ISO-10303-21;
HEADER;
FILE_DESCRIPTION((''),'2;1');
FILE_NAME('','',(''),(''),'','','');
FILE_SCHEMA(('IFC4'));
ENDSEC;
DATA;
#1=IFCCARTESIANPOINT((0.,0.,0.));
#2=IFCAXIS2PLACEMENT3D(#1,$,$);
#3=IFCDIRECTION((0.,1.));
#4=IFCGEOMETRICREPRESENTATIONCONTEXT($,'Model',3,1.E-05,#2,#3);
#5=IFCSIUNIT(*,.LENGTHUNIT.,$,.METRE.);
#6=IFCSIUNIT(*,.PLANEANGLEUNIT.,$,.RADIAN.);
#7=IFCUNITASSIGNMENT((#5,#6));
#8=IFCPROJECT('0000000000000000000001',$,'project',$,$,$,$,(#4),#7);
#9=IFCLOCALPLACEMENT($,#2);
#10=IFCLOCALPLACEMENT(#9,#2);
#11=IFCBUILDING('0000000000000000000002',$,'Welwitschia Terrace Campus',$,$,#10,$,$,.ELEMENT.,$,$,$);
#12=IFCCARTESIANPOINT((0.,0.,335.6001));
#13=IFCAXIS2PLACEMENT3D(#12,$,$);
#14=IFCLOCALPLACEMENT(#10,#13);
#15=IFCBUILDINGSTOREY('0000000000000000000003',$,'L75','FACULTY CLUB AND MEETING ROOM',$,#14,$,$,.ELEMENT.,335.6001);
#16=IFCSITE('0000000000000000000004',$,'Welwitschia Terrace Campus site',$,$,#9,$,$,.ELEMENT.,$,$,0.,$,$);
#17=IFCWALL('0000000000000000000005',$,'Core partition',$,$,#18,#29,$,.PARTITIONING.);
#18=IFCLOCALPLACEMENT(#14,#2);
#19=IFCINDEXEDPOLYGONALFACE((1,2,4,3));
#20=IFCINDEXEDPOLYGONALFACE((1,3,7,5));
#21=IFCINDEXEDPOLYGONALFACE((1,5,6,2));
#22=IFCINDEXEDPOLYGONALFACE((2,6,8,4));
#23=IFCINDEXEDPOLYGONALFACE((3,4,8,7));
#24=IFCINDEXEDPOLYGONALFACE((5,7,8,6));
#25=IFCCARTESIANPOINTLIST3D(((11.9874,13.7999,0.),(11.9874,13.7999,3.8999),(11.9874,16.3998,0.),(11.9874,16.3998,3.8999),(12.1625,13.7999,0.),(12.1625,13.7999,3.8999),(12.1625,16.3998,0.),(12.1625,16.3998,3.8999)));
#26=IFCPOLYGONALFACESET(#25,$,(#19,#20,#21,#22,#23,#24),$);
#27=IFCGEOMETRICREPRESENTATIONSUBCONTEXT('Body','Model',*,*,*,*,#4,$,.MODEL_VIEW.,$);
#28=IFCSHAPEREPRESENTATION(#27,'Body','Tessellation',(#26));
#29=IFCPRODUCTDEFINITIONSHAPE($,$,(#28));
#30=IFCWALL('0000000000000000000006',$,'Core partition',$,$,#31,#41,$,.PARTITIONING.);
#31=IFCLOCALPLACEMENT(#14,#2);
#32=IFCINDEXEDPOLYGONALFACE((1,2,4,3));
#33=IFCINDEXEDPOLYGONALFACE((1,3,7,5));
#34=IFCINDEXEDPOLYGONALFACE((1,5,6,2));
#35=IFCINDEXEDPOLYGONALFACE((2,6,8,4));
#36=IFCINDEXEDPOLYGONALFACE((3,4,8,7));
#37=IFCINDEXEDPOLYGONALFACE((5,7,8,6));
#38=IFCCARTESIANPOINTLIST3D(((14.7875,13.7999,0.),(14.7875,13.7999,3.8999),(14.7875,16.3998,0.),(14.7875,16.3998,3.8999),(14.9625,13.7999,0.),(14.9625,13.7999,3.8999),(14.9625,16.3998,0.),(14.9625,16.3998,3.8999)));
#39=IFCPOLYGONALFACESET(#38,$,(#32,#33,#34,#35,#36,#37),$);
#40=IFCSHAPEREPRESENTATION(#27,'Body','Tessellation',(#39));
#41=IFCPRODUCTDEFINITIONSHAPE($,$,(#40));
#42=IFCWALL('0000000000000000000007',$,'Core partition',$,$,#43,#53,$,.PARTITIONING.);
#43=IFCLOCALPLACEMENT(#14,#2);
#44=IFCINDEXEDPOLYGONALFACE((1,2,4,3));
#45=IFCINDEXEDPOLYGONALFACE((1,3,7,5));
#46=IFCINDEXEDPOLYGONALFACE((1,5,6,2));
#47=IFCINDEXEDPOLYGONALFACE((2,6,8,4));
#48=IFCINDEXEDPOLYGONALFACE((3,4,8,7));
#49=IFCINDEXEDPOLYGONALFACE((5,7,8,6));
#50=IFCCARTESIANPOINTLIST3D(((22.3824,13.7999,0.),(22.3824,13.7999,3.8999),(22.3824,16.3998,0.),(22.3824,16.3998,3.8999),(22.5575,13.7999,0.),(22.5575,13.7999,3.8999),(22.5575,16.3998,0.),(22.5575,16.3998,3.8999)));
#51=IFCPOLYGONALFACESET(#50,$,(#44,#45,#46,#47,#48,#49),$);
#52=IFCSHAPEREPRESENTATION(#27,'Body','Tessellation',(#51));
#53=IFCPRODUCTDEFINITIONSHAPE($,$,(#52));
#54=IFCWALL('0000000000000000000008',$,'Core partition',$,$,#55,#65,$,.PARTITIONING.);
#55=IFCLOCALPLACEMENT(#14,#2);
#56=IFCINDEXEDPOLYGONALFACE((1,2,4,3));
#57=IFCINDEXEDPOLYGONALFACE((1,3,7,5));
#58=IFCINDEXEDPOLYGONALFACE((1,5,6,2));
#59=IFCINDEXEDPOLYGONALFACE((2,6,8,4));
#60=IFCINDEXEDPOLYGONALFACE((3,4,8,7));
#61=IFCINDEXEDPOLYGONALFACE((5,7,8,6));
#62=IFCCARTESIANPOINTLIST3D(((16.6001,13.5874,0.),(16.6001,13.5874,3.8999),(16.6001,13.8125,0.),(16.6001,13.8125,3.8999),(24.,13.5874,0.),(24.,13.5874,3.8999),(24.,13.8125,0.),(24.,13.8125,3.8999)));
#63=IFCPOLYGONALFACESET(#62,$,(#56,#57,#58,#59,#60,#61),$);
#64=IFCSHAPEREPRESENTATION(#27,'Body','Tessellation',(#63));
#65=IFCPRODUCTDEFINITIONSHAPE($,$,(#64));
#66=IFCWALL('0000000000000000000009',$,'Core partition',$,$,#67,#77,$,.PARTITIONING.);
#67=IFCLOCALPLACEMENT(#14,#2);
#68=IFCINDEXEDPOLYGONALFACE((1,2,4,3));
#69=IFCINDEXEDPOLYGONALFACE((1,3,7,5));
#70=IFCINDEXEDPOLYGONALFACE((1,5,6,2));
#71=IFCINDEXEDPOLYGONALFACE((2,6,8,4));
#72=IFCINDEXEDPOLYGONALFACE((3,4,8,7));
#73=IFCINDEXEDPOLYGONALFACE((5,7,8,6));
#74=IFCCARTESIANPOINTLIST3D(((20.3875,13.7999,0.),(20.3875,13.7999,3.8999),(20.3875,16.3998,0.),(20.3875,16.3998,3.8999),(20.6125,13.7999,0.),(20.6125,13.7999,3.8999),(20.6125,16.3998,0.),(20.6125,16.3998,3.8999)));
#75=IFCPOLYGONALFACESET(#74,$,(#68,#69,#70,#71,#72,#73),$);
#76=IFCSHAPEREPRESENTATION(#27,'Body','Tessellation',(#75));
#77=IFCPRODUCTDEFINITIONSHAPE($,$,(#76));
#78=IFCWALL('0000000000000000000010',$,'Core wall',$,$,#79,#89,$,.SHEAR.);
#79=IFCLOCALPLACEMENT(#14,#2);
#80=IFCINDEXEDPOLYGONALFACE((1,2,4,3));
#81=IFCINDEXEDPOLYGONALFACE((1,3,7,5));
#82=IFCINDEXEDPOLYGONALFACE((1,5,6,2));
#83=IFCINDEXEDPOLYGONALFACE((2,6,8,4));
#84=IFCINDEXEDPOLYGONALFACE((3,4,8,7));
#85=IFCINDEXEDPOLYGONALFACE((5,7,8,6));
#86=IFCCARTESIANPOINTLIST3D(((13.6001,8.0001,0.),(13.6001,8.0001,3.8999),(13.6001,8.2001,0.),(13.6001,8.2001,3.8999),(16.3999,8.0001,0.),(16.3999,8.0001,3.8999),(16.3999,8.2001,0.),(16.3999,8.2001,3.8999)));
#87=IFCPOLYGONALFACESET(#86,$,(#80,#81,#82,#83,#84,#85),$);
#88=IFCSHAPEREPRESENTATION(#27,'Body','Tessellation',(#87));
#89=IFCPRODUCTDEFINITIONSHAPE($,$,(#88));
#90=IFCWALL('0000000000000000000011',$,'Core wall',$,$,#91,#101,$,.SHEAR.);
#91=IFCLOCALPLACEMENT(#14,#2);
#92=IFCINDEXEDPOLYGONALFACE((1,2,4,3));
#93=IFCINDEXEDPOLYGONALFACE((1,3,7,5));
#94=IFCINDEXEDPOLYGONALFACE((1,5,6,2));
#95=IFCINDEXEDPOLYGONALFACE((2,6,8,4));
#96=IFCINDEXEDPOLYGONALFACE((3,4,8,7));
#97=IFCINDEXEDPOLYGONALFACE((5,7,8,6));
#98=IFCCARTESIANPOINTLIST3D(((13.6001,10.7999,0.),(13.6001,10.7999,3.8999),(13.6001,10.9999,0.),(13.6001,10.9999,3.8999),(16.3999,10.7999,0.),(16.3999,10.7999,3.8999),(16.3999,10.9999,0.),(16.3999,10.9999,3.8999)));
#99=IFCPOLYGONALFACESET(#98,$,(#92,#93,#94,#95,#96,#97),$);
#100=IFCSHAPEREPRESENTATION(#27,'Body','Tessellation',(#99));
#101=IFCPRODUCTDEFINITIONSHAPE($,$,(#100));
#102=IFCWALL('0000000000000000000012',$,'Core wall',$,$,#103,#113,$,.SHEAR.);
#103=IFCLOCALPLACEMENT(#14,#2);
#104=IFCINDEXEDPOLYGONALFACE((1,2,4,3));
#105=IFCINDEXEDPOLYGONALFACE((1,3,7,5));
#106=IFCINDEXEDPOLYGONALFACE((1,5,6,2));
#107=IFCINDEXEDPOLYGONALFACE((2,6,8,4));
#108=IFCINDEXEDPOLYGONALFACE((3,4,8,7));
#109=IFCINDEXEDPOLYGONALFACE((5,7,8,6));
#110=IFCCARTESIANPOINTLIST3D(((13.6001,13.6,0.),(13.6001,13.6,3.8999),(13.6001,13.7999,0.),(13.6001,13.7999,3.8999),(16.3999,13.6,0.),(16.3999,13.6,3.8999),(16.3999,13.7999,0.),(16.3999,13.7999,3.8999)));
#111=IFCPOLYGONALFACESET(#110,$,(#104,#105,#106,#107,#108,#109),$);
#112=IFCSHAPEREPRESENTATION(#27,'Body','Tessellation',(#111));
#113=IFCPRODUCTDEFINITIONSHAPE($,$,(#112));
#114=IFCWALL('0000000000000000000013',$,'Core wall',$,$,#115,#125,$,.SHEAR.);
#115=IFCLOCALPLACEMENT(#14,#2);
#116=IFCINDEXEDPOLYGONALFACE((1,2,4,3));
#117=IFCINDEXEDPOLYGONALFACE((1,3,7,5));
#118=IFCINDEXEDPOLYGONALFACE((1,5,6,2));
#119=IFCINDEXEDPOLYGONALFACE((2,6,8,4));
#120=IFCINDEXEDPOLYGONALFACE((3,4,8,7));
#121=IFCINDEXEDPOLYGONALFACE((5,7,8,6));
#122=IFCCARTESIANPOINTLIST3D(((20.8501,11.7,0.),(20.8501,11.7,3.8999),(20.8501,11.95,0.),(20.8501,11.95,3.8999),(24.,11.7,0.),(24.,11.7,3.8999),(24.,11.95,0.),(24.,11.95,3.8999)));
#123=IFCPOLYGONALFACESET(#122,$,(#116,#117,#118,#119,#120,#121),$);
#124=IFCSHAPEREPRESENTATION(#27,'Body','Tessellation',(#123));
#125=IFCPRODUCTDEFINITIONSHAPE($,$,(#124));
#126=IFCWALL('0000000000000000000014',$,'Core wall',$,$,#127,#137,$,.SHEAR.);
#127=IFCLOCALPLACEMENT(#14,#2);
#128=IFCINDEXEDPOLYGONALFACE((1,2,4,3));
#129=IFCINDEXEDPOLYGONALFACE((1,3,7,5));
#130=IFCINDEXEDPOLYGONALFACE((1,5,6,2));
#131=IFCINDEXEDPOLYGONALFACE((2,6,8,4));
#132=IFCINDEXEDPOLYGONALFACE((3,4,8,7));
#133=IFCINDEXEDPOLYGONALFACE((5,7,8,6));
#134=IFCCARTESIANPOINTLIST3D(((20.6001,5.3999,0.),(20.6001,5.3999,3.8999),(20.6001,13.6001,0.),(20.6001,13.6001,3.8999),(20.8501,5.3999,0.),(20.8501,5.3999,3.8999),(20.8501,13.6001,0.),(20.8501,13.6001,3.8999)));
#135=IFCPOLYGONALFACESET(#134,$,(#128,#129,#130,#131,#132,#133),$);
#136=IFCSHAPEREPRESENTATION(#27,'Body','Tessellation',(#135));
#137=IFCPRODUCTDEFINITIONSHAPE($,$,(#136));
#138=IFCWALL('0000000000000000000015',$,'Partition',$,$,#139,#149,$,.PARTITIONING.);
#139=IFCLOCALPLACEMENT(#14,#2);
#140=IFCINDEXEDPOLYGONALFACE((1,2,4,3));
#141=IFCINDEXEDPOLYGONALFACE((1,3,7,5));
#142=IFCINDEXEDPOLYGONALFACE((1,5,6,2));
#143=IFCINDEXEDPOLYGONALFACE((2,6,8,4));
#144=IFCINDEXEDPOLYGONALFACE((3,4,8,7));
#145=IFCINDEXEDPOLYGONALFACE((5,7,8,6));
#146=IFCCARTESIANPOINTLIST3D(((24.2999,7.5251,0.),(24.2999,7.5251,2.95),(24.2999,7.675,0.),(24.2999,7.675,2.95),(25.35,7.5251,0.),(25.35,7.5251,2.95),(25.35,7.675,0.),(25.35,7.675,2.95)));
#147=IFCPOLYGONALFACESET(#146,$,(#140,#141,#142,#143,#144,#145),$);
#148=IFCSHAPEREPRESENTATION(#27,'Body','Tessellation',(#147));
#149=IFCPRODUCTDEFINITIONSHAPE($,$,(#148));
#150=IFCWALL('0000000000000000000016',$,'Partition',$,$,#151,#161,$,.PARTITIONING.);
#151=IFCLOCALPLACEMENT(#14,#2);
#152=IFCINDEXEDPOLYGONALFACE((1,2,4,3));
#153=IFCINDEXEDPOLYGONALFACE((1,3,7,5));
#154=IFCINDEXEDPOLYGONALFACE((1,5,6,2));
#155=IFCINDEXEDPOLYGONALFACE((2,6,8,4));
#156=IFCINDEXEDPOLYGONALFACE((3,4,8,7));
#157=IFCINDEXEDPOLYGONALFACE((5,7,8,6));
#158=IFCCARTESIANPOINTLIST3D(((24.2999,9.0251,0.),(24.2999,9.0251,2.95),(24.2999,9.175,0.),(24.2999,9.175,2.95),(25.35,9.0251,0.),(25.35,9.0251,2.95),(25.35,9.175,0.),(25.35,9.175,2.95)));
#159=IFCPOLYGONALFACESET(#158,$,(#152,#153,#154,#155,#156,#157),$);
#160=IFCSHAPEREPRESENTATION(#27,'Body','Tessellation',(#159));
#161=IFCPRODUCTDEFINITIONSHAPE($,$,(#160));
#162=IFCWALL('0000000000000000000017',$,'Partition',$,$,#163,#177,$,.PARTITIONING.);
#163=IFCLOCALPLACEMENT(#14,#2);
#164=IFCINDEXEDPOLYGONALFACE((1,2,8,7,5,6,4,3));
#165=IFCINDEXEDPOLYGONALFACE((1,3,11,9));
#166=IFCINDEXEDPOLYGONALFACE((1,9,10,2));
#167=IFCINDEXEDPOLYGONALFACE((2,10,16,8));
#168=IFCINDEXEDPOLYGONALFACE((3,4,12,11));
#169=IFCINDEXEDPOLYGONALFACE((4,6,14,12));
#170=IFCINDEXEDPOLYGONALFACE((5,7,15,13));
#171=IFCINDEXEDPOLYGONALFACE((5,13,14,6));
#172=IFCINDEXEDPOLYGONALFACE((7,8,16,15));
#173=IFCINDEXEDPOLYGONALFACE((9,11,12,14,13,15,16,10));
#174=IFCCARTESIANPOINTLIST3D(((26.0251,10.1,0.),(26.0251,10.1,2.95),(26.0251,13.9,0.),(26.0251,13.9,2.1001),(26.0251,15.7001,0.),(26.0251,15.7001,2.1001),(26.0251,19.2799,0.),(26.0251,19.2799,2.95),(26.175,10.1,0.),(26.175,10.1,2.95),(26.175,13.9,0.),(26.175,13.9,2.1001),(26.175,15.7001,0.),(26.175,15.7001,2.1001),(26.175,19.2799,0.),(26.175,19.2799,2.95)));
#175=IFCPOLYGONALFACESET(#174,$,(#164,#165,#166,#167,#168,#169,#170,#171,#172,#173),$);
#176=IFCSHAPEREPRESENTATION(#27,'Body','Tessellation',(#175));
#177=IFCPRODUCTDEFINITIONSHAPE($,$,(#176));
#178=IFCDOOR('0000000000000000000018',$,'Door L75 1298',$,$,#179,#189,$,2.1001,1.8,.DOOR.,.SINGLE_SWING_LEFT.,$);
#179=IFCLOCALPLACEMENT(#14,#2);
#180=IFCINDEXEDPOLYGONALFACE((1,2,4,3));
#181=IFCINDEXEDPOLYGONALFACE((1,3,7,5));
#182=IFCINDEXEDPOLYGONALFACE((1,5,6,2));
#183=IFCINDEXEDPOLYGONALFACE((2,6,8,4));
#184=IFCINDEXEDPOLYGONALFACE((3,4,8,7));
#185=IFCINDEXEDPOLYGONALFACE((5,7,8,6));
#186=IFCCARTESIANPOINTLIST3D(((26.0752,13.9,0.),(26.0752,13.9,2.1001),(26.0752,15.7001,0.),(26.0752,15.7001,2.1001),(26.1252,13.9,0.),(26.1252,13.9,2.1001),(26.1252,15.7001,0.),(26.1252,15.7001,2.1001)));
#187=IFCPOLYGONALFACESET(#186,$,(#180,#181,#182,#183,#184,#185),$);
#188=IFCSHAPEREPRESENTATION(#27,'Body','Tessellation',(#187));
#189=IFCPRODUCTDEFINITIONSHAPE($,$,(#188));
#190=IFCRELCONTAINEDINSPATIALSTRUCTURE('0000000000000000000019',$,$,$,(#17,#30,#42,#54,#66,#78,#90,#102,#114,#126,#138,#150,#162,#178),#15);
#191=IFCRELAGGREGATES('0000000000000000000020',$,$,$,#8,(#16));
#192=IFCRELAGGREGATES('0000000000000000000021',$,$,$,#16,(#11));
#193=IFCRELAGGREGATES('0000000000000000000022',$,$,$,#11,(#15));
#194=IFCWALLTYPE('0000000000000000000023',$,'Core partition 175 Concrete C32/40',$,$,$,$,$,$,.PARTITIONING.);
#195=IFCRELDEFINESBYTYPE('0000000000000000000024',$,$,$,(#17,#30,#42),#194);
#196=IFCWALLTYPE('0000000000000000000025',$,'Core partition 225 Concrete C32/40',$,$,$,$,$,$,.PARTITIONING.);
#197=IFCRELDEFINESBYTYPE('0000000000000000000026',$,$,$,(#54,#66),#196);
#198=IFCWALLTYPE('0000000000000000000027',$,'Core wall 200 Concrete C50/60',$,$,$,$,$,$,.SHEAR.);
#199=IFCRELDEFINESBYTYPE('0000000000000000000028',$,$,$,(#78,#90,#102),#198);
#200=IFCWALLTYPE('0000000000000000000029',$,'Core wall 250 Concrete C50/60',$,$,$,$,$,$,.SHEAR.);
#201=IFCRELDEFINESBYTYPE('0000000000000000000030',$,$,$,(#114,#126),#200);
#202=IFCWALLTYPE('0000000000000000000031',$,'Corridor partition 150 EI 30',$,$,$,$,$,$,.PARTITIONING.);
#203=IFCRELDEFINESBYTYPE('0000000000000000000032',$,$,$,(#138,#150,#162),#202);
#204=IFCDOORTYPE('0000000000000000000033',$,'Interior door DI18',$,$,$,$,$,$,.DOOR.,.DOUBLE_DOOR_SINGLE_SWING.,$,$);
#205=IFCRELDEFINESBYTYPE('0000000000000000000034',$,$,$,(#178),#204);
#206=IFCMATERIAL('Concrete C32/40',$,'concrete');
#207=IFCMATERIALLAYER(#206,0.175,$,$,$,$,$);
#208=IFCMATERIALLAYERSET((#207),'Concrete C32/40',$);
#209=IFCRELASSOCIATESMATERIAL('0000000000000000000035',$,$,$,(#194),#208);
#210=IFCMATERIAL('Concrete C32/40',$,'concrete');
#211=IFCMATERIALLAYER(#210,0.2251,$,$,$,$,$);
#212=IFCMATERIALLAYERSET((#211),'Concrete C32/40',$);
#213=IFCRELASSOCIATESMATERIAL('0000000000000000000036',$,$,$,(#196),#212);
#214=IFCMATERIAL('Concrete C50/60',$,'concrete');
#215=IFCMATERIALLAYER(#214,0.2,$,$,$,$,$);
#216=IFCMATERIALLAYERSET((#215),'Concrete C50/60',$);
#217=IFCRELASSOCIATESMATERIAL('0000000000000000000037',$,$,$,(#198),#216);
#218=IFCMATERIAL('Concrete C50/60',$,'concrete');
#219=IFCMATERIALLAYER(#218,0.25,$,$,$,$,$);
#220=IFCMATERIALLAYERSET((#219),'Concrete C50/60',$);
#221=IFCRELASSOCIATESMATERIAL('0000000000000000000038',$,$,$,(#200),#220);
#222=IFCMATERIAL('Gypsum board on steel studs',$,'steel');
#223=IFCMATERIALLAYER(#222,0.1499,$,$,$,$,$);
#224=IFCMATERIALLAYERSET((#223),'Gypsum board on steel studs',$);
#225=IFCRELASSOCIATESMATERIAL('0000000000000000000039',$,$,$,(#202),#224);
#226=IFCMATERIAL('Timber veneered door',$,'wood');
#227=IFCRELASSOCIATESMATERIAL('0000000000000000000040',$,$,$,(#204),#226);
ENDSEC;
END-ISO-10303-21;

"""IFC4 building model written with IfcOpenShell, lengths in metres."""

from ifc_helpers import new_model, si_unit, direction, frame, frame_2d, origin, place, context, subcontext, project, spatial, rectangle, extrude, material, layer, layer_set, type_object, element, fill, save


model = new_model("IFC4")

# Units and contexts
model_context = context("Model", 3, precision=1e-05, world=origin(), true_north=direction((0.0, 1.0)))
body_context = subcontext(model_context, "Body", "Model", "MODEL_VIEW")
ifc_project = project(units=[si_unit("LENGTHUNIT", "METRE"), si_unit("PLANEANGLEUNIT", "RADIAN")], contexts=[model_context])

# Site, building, storey
site_placement = place(None, origin())
site = spatial("IfcSite", under=ifc_project, at=site_placement, Name="Welwitschia Terrace Campus site", CompositionType="ELEMENT", RefElevation=0.0)
building_placement = place(site_placement, origin())
building = spatial("IfcBuilding", under=site, at=building_placement, Name="Welwitschia Terrace Campus", CompositionType="ELEMENT")
storey_placement = place(building_placement, frame((0.0, 0.0, 335.6001)))
storey = spatial("IfcBuildingStorey", under=building, at=storey_placement, Name="L75", Description="FACULTY CLUB AND MEETING ROOM", CompositionType="ELEMENT", Elevation=335.6001)

# Walls
ifc_material_1 = material(Name="Concrete C32/40", Category="concrete")
ifc_layer_1 = layer(ifc_material_1, 0.175)
ifc_layer_set_1 = layer_set([ifc_layer_1], Name="Concrete C32/40")
wall_type_1 = type_object("IfcWallType", Name="Core partition 175 Concrete C32/40", PredefinedType="PARTITIONING", material=ifc_layer_set_1)
for number, where, z_axis, x_axis, name in (
    (1, (12.075, 13.8, 0.0), (0.0, 0.0, 1.0), (0.0, 1.0, 0.0), "Core partition"),
    (2, (14.875, 13.8, 0.0), (0.0, 0.0, 1.0), (0.0, 1.0, 0.0), "Core partition"),
    (3, (22.47, 13.8, 0.0), (0.0, 0.0, 1.0), (0.0, 1.0, 0.0), "Core partition"),
):
    element("IfcWall", number, at=place(storey_placement, frame(where, z_axis=z_axis, x_axis=x_axis)), inside=storey, type_object=wall_type_1, Name=name, PredefinedType="PARTITIONING", context=body_context, shape_type="SweptSolid", body=[
        extrude(rectangle(XDim=2.5999, YDim=0.175, at=frame_2d((1.2998, 0.0))), origin(), (0.0, 0.0, 1.0), 3.8999),
    ])
ifc_material_2 = material(Name="Concrete C32/40", Category="concrete")
ifc_layer_2 = layer(ifc_material_2, 0.2251)
ifc_layer_set_2 = layer_set([ifc_layer_2], Name="Concrete C32/40")
wall_type_2 = type_object("IfcWallType", Name="Core partition 225 Concrete C32/40", PredefinedType="PARTITIONING", material=ifc_layer_set_2)
wall_1_placement = place(storey_placement, frame((16.6001, 13.7, 0.0), z_axis=(0.0, 0.0, 1.0), x_axis=(1.0, 0.0, 0.0)))
element("IfcWall", 4, at=wall_1_placement, inside=storey, type_object=wall_type_2, Name="Core partition", PredefinedType="PARTITIONING", context=body_context, shape_type="SweptSolid", body=[
    extrude(rectangle(XDim=7.3999, YDim=0.2251, at=frame_2d((3.7, 0.0))), origin(), (0.0, 0.0, 1.0), 3.8999),
])
wall_2_placement = place(storey_placement, frame((20.5, 13.8, 0.0), z_axis=(0.0, 0.0, 1.0), x_axis=(0.0, 1.0, 0.0)))
element("IfcWall", 5, at=wall_2_placement, inside=storey, type_object=wall_type_2, Name="Core partition", PredefinedType="PARTITIONING", context=body_context, shape_type="SweptSolid", body=[
    extrude(rectangle(XDim=2.5999, YDim=0.2251, at=frame_2d((1.2998, 0.0))), origin(), (0.0, 0.0, 1.0), 3.8999),
])
ifc_material_3 = material(Name="Concrete C50/60", Category="concrete")
ifc_layer_3 = layer(ifc_material_3, 0.2)
ifc_layer_set_3 = layer_set([ifc_layer_3], Name="Concrete C50/60")
wall_type_3 = type_object("IfcWallType", Name="Core wall 200 Concrete C50/60", PredefinedType="SHEAR", material=ifc_layer_set_3)
for number, where, z_axis, x_axis, name in (
    (6, (13.6001, 8.1001, 0.0), (0.0, 0.0, 1.0), (1.0, 0.0, 0.0), "Core wall"),
    (7, (13.6001, 10.8999, 0.0), (0.0, 0.0, 1.0), (1.0, 0.0, 0.0), "Core wall"),
    (8, (13.6001, 13.7, 0.0), (0.0, 0.0, 1.0), (1.0, 0.0, 0.0), "Core wall"),
):
    element("IfcWall", number, at=place(storey_placement, frame(where, z_axis=z_axis, x_axis=x_axis)), inside=storey, type_object=wall_type_3, Name=name, PredefinedType="SHEAR", context=body_context, shape_type="SweptSolid", body=[
        extrude(rectangle(XDim=2.7998, YDim=0.2, at=frame_2d((1.3999, 0.0))), origin(), (0.0, 0.0, 1.0), 3.8999),
    ])
ifc_material_4 = material(Name="Concrete C50/60", Category="concrete")
ifc_layer_4 = layer(ifc_material_4, 0.25)
ifc_layer_set_4 = layer_set([ifc_layer_4], Name="Concrete C50/60")
wall_type_4 = type_object("IfcWallType", Name="Core wall 250 Concrete C50/60", PredefinedType="SHEAR", material=ifc_layer_set_4)
wall_3_placement = place(storey_placement, frame((20.8501, 11.825, 0.0), z_axis=(0.0, 0.0, 1.0), x_axis=(1.0, 0.0, 0.0)))
element("IfcWall", 9, at=wall_3_placement, inside=storey, type_object=wall_type_4, Name="Core wall", PredefinedType="SHEAR", context=body_context, shape_type="SweptSolid", body=[
    extrude(rectangle(XDim=3.1499, YDim=0.25, at=frame_2d((1.575, 0.0))), origin(), (0.0, 0.0, 1.0), 3.8999),
])
wall_4_placement = place(storey_placement, frame((20.7251, 5.3999, 0.0), z_axis=(0.0, 0.0, 1.0), x_axis=(0.0, 1.0, 0.0)))
element("IfcWall", 10, at=wall_4_placement, inside=storey, type_object=wall_type_4, Name="Core wall", PredefinedType="SHEAR", context=body_context, shape_type="SweptSolid", body=[
    extrude(rectangle(XDim=8.2002, YDim=0.25, at=frame_2d((4.1001, 0.0))), origin(), (0.0, 0.0, 1.0), 3.8999),
])
ifc_material_5 = material(Name="Gypsum board on steel studs", Category="steel")
ifc_layer_5 = layer(ifc_material_5, 0.1499)
ifc_layer_set_5 = layer_set([ifc_layer_5], Name="Gypsum board on steel studs")
wall_type_5 = type_object("IfcWallType", Name="Corridor partition 150 EI 30", PredefinedType="PARTITIONING", material=ifc_layer_set_5)
for number, where, z_axis, x_axis, name in (
    (11, (24.3, 7.6001, 0.0), (0.0, 0.0, 1.0), (1.0, 0.0, 0.0), "Partition"),
    (12, (24.3, 9.1001, 0.0), (0.0, 0.0, 1.0), (1.0, 0.0, 0.0), "Partition"),
):
    element("IfcWall", number, at=place(storey_placement, frame(where, z_axis=z_axis, x_axis=x_axis)), inside=storey, type_object=wall_type_5, Name=name, PredefinedType="PARTITIONING", context=body_context, shape_type="SweptSolid", body=[
        extrude(rectangle(XDim=1.05, YDim=0.1499, at=frame_2d((0.5249, 0.0))), origin(), (0.0, 0.0, 1.0), 2.95),
    ])

# Wall, opening, door
wall_5_placement = place(storey_placement, frame((26.1001, 10.1001, 0.0), z_axis=(0.0, 0.0, 1.0), x_axis=(0.0, 1.0, 0.0)))
wall_5 = element("IfcWall", 13, at=wall_5_placement, inside=storey, type_object=wall_type_5, Name="Partition", PredefinedType="PARTITIONING", context=body_context, shape_type="SweptSolid", body=[
    extrude(rectangle(XDim=9.1799, YDim=0.1499, at=frame_2d((4.5898, 0.0))), origin(), (0.0, 0.0, 1.0), 2.95),
])
opening_placement = place(wall_5_placement, frame((3.8, 0.0, 0.0)))
opening = element("IfcOpeningElement", 14, at=opening_placement, cuts=wall_5, PredefinedType="OPENING", context=body_context, shape_type="SweptSolid", body=[
    extrude(rectangle(XDim=1.8, YDim=2.1001, at=frame_2d((0.8999, 1.05))), frame((0.0, 0.085, 0.0), z_axis=(0.0, -1.0, 0.0), x_axis=(1.0, 0.0, 0.0)), (0.0, 0.0, 1.0), 0.1699),
])
ifc_material_6 = material(Name="Timber veneered door", Category="wood")
door_type = type_object("IfcDoorType", Name="Interior door DI18", OperationType="DOUBLE_DOOR_SINGLE_SWING", PredefinedType="DOOR", material=ifc_material_6)
door_placement = place(opening_placement, origin())
door = element("IfcDoor", 15, at=door_placement, inside=storey, type_object=door_type, Name="Door L75 1298", OperationType="SINGLE_SWING_LEFT", OverallHeight=2.1001, OverallWidth=1.8, PredefinedType="DOOR", context=body_context, shape_type="SweptSolid", body=[
    extrude(rectangle(XDim=1.8, YDim=2.1001, at=frame_2d((0.8999, 1.05))), frame((0.0, 0.0249, 0.0), z_axis=(0.0, -1.0, 0.0), x_axis=(1.0, 0.0, 0.0)), (0.0, 0.0, 1.0), 0.05),
])
fill(opening, door)

save(model, "model.ifc")
